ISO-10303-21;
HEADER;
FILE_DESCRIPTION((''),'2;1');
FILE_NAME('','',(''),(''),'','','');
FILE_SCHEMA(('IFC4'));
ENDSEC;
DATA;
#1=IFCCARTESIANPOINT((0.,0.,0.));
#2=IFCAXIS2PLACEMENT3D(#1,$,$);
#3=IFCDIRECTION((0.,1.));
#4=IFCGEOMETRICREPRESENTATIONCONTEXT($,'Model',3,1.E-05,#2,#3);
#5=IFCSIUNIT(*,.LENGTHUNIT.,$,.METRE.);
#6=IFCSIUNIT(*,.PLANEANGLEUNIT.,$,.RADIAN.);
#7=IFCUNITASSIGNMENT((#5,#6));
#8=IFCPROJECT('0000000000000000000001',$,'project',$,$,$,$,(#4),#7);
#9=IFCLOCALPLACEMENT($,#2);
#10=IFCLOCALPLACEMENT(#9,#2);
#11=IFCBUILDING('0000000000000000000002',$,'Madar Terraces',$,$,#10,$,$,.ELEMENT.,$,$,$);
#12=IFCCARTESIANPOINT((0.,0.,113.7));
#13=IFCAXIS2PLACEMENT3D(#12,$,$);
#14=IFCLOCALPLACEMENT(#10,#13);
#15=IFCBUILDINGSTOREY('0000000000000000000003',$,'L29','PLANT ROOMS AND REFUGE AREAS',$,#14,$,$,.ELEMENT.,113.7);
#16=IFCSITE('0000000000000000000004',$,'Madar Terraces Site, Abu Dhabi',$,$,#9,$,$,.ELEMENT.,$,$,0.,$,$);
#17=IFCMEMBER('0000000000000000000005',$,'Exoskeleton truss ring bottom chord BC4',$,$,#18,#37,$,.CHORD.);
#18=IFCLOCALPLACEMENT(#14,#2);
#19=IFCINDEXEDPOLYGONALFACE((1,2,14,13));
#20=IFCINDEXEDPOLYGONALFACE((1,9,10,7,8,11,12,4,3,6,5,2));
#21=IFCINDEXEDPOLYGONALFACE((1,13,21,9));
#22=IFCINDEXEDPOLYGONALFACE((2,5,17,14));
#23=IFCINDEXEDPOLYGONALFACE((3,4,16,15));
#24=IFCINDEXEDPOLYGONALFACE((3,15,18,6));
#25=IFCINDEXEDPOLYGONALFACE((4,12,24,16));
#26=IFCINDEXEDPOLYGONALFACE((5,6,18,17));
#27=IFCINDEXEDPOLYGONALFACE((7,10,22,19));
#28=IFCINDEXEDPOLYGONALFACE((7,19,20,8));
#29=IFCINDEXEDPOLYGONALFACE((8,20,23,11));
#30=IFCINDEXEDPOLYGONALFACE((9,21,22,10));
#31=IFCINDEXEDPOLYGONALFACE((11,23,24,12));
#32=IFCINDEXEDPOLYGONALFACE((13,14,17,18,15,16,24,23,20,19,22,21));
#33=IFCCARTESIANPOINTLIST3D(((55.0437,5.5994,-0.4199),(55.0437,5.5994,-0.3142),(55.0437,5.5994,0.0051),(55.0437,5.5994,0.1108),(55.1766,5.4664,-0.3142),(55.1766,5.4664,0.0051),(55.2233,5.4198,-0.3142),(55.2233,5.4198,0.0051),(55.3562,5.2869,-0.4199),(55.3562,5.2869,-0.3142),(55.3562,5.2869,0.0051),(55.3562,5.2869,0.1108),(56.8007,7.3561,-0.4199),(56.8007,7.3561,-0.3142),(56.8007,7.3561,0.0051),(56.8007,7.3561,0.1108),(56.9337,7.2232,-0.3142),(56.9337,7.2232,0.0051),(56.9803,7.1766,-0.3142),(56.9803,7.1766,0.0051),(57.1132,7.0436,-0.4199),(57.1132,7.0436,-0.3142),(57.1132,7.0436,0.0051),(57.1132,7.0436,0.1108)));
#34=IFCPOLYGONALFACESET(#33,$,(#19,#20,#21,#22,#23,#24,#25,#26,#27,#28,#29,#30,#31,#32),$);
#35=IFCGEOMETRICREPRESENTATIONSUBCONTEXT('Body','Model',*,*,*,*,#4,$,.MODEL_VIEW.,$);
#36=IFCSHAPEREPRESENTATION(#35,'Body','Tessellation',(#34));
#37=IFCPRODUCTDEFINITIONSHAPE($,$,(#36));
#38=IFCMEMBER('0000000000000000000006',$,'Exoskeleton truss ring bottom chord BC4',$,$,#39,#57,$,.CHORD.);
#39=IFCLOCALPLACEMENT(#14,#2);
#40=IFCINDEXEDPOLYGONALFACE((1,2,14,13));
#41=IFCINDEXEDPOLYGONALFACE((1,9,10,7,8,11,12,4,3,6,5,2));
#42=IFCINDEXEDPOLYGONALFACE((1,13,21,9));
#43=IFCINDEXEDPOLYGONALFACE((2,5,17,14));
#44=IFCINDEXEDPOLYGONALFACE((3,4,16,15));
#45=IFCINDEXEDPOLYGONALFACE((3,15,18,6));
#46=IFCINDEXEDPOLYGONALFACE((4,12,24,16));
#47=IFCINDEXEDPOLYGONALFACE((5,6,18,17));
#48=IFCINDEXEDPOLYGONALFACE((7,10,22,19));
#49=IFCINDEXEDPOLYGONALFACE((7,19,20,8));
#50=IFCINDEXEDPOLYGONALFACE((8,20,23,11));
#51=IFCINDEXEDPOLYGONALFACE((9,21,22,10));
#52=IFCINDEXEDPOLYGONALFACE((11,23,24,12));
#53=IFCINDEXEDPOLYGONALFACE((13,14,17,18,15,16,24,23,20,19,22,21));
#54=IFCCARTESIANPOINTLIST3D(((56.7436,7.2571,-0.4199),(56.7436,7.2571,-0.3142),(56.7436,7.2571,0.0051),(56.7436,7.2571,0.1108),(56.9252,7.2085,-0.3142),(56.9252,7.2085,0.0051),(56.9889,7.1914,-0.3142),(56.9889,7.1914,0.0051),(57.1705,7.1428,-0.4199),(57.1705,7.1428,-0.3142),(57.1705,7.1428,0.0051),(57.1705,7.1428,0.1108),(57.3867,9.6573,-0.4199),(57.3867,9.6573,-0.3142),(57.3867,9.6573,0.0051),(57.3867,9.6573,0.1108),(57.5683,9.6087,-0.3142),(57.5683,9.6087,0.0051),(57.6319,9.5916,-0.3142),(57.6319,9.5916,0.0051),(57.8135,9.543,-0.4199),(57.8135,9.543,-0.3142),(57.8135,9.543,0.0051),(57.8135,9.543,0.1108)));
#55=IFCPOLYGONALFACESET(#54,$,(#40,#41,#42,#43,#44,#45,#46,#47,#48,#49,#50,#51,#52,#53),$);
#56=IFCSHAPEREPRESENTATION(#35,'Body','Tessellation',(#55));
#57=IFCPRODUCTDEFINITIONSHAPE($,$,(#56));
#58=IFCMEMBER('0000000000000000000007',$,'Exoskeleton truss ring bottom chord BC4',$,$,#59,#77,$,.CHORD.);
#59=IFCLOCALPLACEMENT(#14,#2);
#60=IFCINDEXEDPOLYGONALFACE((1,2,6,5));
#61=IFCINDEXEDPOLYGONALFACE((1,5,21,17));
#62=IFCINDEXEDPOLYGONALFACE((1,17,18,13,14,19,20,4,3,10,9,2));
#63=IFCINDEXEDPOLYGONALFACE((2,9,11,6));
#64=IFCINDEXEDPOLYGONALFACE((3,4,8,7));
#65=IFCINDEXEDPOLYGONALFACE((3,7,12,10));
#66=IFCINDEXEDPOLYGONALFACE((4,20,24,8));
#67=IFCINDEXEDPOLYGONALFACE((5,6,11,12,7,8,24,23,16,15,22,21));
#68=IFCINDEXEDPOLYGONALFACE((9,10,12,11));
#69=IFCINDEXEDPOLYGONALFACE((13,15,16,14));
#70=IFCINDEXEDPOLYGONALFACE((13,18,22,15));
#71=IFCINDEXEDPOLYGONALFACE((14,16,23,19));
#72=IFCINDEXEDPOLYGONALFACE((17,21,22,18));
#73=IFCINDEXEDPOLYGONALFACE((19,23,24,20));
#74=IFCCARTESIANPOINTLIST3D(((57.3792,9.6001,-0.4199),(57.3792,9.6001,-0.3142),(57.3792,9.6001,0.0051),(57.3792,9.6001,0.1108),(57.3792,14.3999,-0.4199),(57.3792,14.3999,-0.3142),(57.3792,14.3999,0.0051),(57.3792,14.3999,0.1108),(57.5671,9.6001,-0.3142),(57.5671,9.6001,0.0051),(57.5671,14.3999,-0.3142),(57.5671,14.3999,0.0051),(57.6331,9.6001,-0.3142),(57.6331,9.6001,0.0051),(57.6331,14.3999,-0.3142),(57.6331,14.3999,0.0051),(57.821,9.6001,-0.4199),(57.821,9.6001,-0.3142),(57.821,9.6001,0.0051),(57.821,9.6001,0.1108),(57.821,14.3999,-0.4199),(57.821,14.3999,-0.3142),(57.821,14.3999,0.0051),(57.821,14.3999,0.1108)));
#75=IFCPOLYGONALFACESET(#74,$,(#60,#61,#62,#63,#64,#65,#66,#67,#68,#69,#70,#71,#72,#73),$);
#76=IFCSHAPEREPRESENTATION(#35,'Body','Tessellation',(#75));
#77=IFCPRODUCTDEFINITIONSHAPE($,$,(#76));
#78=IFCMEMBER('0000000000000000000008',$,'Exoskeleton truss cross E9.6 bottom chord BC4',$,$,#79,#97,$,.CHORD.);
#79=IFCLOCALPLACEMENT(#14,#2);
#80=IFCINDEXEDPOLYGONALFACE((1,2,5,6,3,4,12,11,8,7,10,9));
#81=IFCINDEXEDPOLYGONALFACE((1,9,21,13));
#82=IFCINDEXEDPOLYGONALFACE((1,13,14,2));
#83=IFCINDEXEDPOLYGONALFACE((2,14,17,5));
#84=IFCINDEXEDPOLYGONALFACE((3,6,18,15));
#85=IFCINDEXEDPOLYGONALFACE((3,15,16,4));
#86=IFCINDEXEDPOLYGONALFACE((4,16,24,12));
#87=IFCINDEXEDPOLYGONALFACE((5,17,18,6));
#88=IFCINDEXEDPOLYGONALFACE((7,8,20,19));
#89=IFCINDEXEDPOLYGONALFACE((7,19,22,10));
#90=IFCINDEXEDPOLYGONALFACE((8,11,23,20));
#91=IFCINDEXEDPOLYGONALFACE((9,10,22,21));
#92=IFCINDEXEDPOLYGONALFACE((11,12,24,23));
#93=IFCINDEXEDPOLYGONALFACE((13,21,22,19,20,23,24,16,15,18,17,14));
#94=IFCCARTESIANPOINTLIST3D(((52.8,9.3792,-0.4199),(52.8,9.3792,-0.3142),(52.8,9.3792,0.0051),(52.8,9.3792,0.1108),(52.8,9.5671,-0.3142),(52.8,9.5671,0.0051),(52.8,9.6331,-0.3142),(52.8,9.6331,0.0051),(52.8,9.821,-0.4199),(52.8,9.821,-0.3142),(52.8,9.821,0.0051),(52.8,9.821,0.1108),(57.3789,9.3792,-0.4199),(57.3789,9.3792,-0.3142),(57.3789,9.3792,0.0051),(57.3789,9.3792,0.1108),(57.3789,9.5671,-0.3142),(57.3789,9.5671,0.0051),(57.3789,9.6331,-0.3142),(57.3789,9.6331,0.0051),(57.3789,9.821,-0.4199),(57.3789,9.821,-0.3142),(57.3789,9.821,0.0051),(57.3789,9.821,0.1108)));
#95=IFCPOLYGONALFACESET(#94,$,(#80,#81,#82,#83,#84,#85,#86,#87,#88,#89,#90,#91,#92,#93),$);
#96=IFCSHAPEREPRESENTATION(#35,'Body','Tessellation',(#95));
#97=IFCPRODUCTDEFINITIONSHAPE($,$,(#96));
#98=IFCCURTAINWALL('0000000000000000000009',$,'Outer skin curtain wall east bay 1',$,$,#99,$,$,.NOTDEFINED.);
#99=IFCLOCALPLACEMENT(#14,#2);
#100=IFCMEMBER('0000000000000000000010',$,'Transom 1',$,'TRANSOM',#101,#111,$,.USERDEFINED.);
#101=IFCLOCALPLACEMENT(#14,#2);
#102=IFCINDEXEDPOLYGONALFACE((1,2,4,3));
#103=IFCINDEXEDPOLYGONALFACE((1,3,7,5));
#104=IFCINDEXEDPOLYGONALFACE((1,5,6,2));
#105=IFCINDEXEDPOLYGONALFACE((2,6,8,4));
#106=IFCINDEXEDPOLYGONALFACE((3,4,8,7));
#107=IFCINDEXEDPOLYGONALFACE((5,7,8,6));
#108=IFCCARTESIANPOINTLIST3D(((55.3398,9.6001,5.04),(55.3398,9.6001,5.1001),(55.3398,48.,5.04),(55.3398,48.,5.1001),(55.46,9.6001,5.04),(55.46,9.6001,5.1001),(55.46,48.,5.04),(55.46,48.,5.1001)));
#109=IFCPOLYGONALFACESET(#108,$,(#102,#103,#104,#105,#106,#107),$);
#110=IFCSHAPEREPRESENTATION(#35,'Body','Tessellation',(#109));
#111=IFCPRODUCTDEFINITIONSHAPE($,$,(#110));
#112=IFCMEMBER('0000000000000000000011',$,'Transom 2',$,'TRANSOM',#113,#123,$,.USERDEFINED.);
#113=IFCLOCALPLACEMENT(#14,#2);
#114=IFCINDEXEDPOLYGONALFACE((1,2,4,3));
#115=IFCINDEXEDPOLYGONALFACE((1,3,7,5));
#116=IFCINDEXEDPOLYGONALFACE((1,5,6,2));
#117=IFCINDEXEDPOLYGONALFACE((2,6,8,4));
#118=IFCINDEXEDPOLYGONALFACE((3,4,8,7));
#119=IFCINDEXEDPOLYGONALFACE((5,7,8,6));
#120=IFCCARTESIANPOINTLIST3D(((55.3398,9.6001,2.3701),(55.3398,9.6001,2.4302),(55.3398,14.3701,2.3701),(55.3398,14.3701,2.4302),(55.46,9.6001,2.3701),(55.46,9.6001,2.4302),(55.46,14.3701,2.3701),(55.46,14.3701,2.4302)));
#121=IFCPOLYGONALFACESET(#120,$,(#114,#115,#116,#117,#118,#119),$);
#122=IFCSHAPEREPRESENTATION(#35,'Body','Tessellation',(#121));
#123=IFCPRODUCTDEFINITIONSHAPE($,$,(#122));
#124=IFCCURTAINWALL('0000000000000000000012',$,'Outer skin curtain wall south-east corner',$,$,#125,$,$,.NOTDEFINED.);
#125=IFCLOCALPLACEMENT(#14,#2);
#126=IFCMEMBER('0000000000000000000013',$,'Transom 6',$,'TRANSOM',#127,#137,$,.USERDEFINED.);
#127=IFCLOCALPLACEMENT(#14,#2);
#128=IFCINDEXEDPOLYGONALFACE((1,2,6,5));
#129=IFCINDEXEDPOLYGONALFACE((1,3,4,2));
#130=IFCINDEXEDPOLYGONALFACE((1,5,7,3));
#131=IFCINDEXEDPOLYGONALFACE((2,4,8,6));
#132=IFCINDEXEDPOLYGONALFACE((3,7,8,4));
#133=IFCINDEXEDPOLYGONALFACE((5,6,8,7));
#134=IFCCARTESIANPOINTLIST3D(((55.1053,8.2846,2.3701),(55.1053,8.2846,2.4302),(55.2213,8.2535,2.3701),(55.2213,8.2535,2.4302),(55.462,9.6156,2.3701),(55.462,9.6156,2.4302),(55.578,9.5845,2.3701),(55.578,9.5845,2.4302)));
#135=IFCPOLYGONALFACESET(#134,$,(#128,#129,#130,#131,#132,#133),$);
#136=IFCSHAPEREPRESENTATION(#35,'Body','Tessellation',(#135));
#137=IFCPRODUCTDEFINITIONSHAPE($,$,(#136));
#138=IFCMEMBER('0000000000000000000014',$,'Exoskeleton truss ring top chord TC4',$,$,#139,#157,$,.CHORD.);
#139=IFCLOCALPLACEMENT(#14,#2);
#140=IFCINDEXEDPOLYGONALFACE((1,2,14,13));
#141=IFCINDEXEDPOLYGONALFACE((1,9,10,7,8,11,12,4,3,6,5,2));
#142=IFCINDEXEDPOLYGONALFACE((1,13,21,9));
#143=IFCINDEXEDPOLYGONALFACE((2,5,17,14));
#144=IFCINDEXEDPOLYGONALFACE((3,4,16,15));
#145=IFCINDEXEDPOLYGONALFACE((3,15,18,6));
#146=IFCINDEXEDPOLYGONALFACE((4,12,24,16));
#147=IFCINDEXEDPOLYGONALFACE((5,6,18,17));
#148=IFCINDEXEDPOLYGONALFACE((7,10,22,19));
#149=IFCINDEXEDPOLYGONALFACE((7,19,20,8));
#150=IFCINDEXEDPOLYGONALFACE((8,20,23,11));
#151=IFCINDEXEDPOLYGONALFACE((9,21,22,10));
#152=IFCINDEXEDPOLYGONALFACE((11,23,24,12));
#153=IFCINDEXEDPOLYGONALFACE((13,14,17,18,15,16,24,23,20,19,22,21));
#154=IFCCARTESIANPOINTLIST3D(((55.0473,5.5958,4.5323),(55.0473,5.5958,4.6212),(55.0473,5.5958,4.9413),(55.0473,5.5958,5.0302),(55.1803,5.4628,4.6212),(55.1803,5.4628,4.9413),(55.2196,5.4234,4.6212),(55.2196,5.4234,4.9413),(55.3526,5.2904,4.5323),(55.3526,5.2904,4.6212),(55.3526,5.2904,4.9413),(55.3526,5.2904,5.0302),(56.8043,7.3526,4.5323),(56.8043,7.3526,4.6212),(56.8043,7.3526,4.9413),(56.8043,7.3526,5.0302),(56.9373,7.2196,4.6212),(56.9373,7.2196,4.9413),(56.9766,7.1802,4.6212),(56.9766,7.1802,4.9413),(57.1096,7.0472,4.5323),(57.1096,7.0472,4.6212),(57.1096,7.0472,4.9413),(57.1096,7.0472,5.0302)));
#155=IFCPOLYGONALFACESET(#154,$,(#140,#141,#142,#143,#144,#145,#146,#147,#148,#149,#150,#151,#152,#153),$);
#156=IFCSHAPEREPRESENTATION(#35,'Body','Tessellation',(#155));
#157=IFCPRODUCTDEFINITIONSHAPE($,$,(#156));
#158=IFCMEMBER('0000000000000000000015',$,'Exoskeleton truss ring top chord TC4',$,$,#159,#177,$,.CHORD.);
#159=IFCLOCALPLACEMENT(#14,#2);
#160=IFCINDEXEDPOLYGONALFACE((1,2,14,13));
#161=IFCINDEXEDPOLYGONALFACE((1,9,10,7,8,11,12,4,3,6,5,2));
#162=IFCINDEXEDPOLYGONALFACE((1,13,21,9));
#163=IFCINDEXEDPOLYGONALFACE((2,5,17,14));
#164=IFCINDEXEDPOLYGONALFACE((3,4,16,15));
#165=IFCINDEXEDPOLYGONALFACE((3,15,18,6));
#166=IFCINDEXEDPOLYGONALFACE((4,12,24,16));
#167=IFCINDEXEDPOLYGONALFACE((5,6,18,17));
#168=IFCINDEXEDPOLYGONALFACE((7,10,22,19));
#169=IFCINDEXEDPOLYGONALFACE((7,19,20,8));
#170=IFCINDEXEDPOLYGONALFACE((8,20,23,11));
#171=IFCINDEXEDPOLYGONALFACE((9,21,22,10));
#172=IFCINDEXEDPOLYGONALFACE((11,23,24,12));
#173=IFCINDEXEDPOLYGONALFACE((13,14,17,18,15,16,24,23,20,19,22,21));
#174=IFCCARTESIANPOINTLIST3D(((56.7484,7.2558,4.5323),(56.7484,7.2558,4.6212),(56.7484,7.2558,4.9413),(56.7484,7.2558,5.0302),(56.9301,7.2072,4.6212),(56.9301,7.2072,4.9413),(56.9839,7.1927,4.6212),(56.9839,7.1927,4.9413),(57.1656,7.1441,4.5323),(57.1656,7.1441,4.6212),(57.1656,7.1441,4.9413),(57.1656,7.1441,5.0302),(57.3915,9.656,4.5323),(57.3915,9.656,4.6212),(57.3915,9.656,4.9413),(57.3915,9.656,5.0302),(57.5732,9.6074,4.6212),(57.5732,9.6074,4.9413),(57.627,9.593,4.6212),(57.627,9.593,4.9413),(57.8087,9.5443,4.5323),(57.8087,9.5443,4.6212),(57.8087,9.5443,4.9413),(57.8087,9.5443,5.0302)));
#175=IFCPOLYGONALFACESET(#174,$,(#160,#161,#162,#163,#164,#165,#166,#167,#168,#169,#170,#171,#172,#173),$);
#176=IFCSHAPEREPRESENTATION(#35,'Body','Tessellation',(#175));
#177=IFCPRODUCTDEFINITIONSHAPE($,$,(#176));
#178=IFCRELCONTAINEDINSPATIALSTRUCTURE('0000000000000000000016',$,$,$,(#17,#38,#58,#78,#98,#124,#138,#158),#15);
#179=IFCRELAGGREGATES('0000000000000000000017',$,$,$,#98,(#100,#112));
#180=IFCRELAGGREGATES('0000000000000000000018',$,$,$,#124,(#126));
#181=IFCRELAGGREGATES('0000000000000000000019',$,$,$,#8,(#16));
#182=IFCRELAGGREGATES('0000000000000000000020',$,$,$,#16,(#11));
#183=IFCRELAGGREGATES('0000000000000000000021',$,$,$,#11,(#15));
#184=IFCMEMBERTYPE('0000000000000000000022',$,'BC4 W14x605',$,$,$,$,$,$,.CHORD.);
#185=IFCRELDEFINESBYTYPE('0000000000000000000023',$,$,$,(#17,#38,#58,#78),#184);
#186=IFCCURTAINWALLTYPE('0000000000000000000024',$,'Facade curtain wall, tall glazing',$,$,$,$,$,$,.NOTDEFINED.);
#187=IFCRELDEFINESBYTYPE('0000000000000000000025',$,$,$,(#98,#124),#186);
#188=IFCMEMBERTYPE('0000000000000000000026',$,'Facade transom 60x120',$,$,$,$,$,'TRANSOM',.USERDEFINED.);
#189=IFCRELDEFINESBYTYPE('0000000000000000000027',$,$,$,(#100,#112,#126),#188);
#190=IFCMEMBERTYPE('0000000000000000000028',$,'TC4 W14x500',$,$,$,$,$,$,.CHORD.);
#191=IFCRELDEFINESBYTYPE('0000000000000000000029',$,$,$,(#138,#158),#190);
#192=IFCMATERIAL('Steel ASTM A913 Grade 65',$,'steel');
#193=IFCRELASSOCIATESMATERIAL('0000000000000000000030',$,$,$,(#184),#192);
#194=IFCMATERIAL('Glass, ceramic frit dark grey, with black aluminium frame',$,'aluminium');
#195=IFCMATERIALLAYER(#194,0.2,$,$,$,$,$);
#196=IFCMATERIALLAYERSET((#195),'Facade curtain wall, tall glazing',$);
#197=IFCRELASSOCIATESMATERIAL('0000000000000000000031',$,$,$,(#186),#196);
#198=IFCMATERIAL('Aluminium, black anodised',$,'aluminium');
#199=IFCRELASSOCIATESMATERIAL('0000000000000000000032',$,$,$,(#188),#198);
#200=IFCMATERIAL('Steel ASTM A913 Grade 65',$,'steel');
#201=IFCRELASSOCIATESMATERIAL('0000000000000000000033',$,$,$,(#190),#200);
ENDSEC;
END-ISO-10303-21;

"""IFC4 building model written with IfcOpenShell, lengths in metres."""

from ifc_helpers import new_model, si_unit, direction, frame, origin, origin_2d, place, context, subcontext, project, spatial, rectangle, i_section, extrude, material, layer, layer_set, material_profile, profile_set, type_object, element, aggregate, save


model = new_model("IFC4")

# Units and contexts
model_context = context("Model", 3, precision=1e-05, world=origin(), true_north=direction((0.0, 1.0)))
body_context = subcontext(model_context, "Body", "Model", "MODEL_VIEW")
ifc_project = project(units=[si_unit("LENGTHUNIT", "METRE"), si_unit("PLANEANGLEUNIT", "RADIAN")], contexts=[model_context])

# Site, building, storey
site_placement = place(None, origin())
site = spatial("IfcSite", under=ifc_project, at=site_placement, Name="Madar Terraces Site, Abu Dhabi", CompositionType="ELEMENT", RefElevation=0.0)
building_placement = place(site_placement, origin())
building = spatial("IfcBuilding", under=site, at=building_placement, Name="Madar Terraces", CompositionType="ELEMENT")
storey_placement = place(building_placement, frame((0.0, 0.0, 113.7)))
storey = spatial("IfcBuildingStorey", under=building, at=storey_placement, Name="L29", Description="PLANT ROOMS AND REFUGE AREAS", CompositionType="ELEMENT", Elevation=113.7)

# Members
ifc_material_1 = material(Name="Steel ASTM A913 Grade 65", Category="steel")
ifc_material_profile_1 = material_profile(ifc_material_1, i_section(OverallWidth=0.4419, OverallDepth=0.5308, WebThickness=0.0659, FlangeThickness=0.1057, at=origin_2d()), Name="W14x605")
ifc_profile_set_1 = profile_set([ifc_material_profile_1], Name="Steel ASTM A913 Grade 65")
member_type_1 = type_object("IfcMemberType", Name="BC4 W14x605", PredefinedType="CHORD", material=ifc_profile_set_1)
member_1_placement = place(storey_placement, frame((55.2, 5.4431, -0.1545), z_axis=(0.707156, 0.707058, 0.0), x_axis=(-0.707058, 0.707156, 0.0)))
element("IfcMember", 1, at=member_1_placement, inside=storey, type_object=member_type_1, Name="Exoskeleton truss ring bottom chord BC4", PredefinedType="CHORD", context=body_context, shape_type="SweptSolid", body=[
    extrude(i_section(OverallWidth=0.4419, OverallDepth=0.5308, WebThickness=0.0659, FlangeThickness=0.1057, at=origin_2d()), origin(), (0.0, 0.0, 1.0), 2.4846),
])
member_2_placement = place(storey_placement, frame((56.957, 7.2, -0.1545), z_axis=(0.2588, 0.965931, 0.0), x_axis=(-0.965931, 0.2588, 0.0)))
element("IfcMember", 2, at=member_2_placement, inside=storey, type_object=member_type_1, Name="Exoskeleton truss ring bottom chord BC4", PredefinedType="CHORD", context=body_context, shape_type="SweptSolid", body=[
    extrude(i_section(OverallWidth=0.4419, OverallDepth=0.5308, WebThickness=0.0659, FlangeThickness=0.1057, at=origin_2d()), origin(), (0.0, 0.0, 1.0), 2.4849),
])
member_3_placement = place(storey_placement, frame((57.6001, 9.6001, -0.1545), z_axis=(0.0, 1.0, 0.0), x_axis=(-1.0, 0.0, 0.0)))
element("IfcMember", 3, at=member_3_placement, inside=storey, type_object=member_type_1, Name="Exoskeleton truss ring bottom chord BC4", PredefinedType="CHORD", context=body_context, shape_type="SweptSolid", body=[
    extrude(i_section(OverallWidth=0.4419, OverallDepth=0.5308, WebThickness=0.0659, FlangeThickness=0.1057, at=origin_2d()), origin(), (0.0, 0.0, 1.0), 4.7998),
])
member_4_placement = place(storey_placement, frame((57.3789, 9.6001, -0.1545), z_axis=(-1.0, 0.0, 0.0), x_axis=(0.0, -1.0, 0.0)))
element("IfcMember", 4, at=member_4_placement, inside=storey, type_object=member_type_1, Name="Exoskeleton truss cross E9.6 bottom chord BC4", PredefinedType="CHORD", context=body_context, shape_type="SweptSolid", body=[
    extrude(i_section(OverallWidth=0.4419, OverallDepth=0.5308, WebThickness=0.0659, FlangeThickness=0.1057, at=origin_2d()), origin(), (0.0, 0.0, 1.0), 4.5789),
])

# Curtain wall, members
ifc_material_2 = material(Name="Glass, ceramic frit dark grey, with black aluminium frame", Category="aluminium")
ifc_layer_1 = layer(ifc_material_2, 0.2)
ifc_layer_set_1 = layer_set([ifc_layer_1], Name="Facade curtain wall, tall glazing")
curtain_wall_type = type_object("IfcCurtainWallType", Name="Facade curtain wall, tall glazing", PredefinedType="NOTDEFINED", material=ifc_layer_set_1)
curtain_wall_1_placement = place(storey_placement, origin())
curtain_wall_1 = element("IfcCurtainWall", 5, at=curtain_wall_1_placement, inside=storey, type_object=curtain_wall_type, Name="Outer skin curtain wall east bay 1", PredefinedType="NOTDEFINED")
ifc_material_3 = material(Name="Aluminium, black anodised", Category="aluminium")
ifc_material_profile_2 = material_profile(ifc_material_3, rectangle(XDim=0.1201, YDim=0.0601, at=origin_2d()), Name="Facade transom 60x120")
ifc_profile_set_2 = profile_set([ifc_material_profile_2], Name="Aluminium, black anodised")
member_type_2 = type_object("IfcMemberType", Name="Facade transom 60x120", ElementType="TRANSOM", PredefinedType="USERDEFINED", material=ifc_profile_set_2)
member_5_placement = place(storey_placement, frame((55.3999, 9.6001, 5.0701), z_axis=(0.0, 1.0, 0.0), x_axis=(-1.0, 0.0, 0.0)))
member_5 = element("IfcMember", 6, at=member_5_placement, type_object=member_type_2, Name="Transom 1", ObjectType="TRANSOM", PredefinedType="USERDEFINED", context=body_context, shape_type="SweptSolid", body=[
    extrude(rectangle(XDim=0.1201, YDim=0.0601, at=origin_2d()), origin(), (0.0, 0.0, 1.0), 38.3999),
])
member_6_placement = place(storey_placement, frame((55.3999, 9.6001, 2.4001), z_axis=(0.0, 1.0, 0.0), x_axis=(-1.0, 0.0, 0.0)))
member_6 = element("IfcMember", 7, at=member_6_placement, type_object=member_type_2, Name="Transom 2", ObjectType="TRANSOM", PredefinedType="USERDEFINED", context=body_context, shape_type="SweptSolid", body=[
    extrude(rectangle(XDim=0.1201, YDim=0.0601, at=origin_2d()), origin(), (0.0, 0.0, 1.0), 4.77),
])
aggregate(curtain_wall_1, [member_5, member_6])

# Curtain wall, member
curtain_wall_2_placement = place(storey_placement, origin())
curtain_wall_2 = element("IfcCurtainWall", 8, at=curtain_wall_2_placement, inside=storey, type_object=curtain_wall_type, Name="Outer skin curtain wall south-east corner", PredefinedType="NOTDEFINED")
member_7_placement = place(storey_placement, frame((55.1633, 8.269, 2.4001), z_axis=(0.258842, 0.96592, 0.0), x_axis=(-0.96592, 0.258842, 0.0)))
member_7 = element("IfcMember", 9, at=member_7_placement, type_object=member_type_2, Name="Transom 6", ObjectType="TRANSOM", PredefinedType="USERDEFINED", context=body_context, shape_type="SweptSolid", body=[
    extrude(rectangle(XDim=0.1201, YDim=0.0601, at=origin_2d()), origin(), (0.0, 0.0, 1.0), 1.3779),
])

# Members
ifc_material_4 = material(Name="Steel ASTM A913 Grade 65", Category="steel")
ifc_material_profile_3 = material_profile(ifc_material_4, i_section(OverallWidth=0.4319, OverallDepth=0.4978, WebThickness=0.0557, FlangeThickness=0.0889, at=origin_2d()), Name="W14x500")
ifc_profile_set_3 = profile_set([ifc_material_profile_3], Name="Steel ASTM A913 Grade 65")
member_type_3 = type_object("IfcMemberType", Name="TC4 W14x500", PredefinedType="CHORD", material=ifc_profile_set_3)
member_8_placement = place(storey_placement, frame((55.2, 5.4431, 4.7812), z_axis=(0.707156, 0.707058, 0.0), x_axis=(-0.707058, 0.707156, 0.0)))
element("IfcMember", 10, at=member_8_placement, inside=storey, type_object=member_type_3, Name="Exoskeleton truss ring top chord TC4", PredefinedType="CHORD", context=body_context, shape_type="SweptSolid", body=[
    extrude(i_section(OverallWidth=0.4319, OverallDepth=0.4978, WebThickness=0.0557, FlangeThickness=0.0889, at=origin_2d()), origin(), (0.0, 0.0, 1.0), 2.4846),
])
member_9_placement = place(storey_placement, frame((56.957, 7.2, 4.7812), z_axis=(0.2588, 0.965931, 0.0), x_axis=(-0.965931, 0.2588, 0.0)))
element("IfcMember", 11, at=member_9_placement, inside=storey, type_object=member_type_3, Name="Exoskeleton truss ring top chord TC4", PredefinedType="CHORD", context=body_context, shape_type="SweptSolid", body=[
    extrude(i_section(OverallWidth=0.4319, OverallDepth=0.4978, WebThickness=0.0557, FlangeThickness=0.0889, at=origin_2d()), origin(), (0.0, 0.0, 1.0), 2.4849),
])

aggregate(curtain_wall_2, [member_7])

save(model, "model.ifc")
